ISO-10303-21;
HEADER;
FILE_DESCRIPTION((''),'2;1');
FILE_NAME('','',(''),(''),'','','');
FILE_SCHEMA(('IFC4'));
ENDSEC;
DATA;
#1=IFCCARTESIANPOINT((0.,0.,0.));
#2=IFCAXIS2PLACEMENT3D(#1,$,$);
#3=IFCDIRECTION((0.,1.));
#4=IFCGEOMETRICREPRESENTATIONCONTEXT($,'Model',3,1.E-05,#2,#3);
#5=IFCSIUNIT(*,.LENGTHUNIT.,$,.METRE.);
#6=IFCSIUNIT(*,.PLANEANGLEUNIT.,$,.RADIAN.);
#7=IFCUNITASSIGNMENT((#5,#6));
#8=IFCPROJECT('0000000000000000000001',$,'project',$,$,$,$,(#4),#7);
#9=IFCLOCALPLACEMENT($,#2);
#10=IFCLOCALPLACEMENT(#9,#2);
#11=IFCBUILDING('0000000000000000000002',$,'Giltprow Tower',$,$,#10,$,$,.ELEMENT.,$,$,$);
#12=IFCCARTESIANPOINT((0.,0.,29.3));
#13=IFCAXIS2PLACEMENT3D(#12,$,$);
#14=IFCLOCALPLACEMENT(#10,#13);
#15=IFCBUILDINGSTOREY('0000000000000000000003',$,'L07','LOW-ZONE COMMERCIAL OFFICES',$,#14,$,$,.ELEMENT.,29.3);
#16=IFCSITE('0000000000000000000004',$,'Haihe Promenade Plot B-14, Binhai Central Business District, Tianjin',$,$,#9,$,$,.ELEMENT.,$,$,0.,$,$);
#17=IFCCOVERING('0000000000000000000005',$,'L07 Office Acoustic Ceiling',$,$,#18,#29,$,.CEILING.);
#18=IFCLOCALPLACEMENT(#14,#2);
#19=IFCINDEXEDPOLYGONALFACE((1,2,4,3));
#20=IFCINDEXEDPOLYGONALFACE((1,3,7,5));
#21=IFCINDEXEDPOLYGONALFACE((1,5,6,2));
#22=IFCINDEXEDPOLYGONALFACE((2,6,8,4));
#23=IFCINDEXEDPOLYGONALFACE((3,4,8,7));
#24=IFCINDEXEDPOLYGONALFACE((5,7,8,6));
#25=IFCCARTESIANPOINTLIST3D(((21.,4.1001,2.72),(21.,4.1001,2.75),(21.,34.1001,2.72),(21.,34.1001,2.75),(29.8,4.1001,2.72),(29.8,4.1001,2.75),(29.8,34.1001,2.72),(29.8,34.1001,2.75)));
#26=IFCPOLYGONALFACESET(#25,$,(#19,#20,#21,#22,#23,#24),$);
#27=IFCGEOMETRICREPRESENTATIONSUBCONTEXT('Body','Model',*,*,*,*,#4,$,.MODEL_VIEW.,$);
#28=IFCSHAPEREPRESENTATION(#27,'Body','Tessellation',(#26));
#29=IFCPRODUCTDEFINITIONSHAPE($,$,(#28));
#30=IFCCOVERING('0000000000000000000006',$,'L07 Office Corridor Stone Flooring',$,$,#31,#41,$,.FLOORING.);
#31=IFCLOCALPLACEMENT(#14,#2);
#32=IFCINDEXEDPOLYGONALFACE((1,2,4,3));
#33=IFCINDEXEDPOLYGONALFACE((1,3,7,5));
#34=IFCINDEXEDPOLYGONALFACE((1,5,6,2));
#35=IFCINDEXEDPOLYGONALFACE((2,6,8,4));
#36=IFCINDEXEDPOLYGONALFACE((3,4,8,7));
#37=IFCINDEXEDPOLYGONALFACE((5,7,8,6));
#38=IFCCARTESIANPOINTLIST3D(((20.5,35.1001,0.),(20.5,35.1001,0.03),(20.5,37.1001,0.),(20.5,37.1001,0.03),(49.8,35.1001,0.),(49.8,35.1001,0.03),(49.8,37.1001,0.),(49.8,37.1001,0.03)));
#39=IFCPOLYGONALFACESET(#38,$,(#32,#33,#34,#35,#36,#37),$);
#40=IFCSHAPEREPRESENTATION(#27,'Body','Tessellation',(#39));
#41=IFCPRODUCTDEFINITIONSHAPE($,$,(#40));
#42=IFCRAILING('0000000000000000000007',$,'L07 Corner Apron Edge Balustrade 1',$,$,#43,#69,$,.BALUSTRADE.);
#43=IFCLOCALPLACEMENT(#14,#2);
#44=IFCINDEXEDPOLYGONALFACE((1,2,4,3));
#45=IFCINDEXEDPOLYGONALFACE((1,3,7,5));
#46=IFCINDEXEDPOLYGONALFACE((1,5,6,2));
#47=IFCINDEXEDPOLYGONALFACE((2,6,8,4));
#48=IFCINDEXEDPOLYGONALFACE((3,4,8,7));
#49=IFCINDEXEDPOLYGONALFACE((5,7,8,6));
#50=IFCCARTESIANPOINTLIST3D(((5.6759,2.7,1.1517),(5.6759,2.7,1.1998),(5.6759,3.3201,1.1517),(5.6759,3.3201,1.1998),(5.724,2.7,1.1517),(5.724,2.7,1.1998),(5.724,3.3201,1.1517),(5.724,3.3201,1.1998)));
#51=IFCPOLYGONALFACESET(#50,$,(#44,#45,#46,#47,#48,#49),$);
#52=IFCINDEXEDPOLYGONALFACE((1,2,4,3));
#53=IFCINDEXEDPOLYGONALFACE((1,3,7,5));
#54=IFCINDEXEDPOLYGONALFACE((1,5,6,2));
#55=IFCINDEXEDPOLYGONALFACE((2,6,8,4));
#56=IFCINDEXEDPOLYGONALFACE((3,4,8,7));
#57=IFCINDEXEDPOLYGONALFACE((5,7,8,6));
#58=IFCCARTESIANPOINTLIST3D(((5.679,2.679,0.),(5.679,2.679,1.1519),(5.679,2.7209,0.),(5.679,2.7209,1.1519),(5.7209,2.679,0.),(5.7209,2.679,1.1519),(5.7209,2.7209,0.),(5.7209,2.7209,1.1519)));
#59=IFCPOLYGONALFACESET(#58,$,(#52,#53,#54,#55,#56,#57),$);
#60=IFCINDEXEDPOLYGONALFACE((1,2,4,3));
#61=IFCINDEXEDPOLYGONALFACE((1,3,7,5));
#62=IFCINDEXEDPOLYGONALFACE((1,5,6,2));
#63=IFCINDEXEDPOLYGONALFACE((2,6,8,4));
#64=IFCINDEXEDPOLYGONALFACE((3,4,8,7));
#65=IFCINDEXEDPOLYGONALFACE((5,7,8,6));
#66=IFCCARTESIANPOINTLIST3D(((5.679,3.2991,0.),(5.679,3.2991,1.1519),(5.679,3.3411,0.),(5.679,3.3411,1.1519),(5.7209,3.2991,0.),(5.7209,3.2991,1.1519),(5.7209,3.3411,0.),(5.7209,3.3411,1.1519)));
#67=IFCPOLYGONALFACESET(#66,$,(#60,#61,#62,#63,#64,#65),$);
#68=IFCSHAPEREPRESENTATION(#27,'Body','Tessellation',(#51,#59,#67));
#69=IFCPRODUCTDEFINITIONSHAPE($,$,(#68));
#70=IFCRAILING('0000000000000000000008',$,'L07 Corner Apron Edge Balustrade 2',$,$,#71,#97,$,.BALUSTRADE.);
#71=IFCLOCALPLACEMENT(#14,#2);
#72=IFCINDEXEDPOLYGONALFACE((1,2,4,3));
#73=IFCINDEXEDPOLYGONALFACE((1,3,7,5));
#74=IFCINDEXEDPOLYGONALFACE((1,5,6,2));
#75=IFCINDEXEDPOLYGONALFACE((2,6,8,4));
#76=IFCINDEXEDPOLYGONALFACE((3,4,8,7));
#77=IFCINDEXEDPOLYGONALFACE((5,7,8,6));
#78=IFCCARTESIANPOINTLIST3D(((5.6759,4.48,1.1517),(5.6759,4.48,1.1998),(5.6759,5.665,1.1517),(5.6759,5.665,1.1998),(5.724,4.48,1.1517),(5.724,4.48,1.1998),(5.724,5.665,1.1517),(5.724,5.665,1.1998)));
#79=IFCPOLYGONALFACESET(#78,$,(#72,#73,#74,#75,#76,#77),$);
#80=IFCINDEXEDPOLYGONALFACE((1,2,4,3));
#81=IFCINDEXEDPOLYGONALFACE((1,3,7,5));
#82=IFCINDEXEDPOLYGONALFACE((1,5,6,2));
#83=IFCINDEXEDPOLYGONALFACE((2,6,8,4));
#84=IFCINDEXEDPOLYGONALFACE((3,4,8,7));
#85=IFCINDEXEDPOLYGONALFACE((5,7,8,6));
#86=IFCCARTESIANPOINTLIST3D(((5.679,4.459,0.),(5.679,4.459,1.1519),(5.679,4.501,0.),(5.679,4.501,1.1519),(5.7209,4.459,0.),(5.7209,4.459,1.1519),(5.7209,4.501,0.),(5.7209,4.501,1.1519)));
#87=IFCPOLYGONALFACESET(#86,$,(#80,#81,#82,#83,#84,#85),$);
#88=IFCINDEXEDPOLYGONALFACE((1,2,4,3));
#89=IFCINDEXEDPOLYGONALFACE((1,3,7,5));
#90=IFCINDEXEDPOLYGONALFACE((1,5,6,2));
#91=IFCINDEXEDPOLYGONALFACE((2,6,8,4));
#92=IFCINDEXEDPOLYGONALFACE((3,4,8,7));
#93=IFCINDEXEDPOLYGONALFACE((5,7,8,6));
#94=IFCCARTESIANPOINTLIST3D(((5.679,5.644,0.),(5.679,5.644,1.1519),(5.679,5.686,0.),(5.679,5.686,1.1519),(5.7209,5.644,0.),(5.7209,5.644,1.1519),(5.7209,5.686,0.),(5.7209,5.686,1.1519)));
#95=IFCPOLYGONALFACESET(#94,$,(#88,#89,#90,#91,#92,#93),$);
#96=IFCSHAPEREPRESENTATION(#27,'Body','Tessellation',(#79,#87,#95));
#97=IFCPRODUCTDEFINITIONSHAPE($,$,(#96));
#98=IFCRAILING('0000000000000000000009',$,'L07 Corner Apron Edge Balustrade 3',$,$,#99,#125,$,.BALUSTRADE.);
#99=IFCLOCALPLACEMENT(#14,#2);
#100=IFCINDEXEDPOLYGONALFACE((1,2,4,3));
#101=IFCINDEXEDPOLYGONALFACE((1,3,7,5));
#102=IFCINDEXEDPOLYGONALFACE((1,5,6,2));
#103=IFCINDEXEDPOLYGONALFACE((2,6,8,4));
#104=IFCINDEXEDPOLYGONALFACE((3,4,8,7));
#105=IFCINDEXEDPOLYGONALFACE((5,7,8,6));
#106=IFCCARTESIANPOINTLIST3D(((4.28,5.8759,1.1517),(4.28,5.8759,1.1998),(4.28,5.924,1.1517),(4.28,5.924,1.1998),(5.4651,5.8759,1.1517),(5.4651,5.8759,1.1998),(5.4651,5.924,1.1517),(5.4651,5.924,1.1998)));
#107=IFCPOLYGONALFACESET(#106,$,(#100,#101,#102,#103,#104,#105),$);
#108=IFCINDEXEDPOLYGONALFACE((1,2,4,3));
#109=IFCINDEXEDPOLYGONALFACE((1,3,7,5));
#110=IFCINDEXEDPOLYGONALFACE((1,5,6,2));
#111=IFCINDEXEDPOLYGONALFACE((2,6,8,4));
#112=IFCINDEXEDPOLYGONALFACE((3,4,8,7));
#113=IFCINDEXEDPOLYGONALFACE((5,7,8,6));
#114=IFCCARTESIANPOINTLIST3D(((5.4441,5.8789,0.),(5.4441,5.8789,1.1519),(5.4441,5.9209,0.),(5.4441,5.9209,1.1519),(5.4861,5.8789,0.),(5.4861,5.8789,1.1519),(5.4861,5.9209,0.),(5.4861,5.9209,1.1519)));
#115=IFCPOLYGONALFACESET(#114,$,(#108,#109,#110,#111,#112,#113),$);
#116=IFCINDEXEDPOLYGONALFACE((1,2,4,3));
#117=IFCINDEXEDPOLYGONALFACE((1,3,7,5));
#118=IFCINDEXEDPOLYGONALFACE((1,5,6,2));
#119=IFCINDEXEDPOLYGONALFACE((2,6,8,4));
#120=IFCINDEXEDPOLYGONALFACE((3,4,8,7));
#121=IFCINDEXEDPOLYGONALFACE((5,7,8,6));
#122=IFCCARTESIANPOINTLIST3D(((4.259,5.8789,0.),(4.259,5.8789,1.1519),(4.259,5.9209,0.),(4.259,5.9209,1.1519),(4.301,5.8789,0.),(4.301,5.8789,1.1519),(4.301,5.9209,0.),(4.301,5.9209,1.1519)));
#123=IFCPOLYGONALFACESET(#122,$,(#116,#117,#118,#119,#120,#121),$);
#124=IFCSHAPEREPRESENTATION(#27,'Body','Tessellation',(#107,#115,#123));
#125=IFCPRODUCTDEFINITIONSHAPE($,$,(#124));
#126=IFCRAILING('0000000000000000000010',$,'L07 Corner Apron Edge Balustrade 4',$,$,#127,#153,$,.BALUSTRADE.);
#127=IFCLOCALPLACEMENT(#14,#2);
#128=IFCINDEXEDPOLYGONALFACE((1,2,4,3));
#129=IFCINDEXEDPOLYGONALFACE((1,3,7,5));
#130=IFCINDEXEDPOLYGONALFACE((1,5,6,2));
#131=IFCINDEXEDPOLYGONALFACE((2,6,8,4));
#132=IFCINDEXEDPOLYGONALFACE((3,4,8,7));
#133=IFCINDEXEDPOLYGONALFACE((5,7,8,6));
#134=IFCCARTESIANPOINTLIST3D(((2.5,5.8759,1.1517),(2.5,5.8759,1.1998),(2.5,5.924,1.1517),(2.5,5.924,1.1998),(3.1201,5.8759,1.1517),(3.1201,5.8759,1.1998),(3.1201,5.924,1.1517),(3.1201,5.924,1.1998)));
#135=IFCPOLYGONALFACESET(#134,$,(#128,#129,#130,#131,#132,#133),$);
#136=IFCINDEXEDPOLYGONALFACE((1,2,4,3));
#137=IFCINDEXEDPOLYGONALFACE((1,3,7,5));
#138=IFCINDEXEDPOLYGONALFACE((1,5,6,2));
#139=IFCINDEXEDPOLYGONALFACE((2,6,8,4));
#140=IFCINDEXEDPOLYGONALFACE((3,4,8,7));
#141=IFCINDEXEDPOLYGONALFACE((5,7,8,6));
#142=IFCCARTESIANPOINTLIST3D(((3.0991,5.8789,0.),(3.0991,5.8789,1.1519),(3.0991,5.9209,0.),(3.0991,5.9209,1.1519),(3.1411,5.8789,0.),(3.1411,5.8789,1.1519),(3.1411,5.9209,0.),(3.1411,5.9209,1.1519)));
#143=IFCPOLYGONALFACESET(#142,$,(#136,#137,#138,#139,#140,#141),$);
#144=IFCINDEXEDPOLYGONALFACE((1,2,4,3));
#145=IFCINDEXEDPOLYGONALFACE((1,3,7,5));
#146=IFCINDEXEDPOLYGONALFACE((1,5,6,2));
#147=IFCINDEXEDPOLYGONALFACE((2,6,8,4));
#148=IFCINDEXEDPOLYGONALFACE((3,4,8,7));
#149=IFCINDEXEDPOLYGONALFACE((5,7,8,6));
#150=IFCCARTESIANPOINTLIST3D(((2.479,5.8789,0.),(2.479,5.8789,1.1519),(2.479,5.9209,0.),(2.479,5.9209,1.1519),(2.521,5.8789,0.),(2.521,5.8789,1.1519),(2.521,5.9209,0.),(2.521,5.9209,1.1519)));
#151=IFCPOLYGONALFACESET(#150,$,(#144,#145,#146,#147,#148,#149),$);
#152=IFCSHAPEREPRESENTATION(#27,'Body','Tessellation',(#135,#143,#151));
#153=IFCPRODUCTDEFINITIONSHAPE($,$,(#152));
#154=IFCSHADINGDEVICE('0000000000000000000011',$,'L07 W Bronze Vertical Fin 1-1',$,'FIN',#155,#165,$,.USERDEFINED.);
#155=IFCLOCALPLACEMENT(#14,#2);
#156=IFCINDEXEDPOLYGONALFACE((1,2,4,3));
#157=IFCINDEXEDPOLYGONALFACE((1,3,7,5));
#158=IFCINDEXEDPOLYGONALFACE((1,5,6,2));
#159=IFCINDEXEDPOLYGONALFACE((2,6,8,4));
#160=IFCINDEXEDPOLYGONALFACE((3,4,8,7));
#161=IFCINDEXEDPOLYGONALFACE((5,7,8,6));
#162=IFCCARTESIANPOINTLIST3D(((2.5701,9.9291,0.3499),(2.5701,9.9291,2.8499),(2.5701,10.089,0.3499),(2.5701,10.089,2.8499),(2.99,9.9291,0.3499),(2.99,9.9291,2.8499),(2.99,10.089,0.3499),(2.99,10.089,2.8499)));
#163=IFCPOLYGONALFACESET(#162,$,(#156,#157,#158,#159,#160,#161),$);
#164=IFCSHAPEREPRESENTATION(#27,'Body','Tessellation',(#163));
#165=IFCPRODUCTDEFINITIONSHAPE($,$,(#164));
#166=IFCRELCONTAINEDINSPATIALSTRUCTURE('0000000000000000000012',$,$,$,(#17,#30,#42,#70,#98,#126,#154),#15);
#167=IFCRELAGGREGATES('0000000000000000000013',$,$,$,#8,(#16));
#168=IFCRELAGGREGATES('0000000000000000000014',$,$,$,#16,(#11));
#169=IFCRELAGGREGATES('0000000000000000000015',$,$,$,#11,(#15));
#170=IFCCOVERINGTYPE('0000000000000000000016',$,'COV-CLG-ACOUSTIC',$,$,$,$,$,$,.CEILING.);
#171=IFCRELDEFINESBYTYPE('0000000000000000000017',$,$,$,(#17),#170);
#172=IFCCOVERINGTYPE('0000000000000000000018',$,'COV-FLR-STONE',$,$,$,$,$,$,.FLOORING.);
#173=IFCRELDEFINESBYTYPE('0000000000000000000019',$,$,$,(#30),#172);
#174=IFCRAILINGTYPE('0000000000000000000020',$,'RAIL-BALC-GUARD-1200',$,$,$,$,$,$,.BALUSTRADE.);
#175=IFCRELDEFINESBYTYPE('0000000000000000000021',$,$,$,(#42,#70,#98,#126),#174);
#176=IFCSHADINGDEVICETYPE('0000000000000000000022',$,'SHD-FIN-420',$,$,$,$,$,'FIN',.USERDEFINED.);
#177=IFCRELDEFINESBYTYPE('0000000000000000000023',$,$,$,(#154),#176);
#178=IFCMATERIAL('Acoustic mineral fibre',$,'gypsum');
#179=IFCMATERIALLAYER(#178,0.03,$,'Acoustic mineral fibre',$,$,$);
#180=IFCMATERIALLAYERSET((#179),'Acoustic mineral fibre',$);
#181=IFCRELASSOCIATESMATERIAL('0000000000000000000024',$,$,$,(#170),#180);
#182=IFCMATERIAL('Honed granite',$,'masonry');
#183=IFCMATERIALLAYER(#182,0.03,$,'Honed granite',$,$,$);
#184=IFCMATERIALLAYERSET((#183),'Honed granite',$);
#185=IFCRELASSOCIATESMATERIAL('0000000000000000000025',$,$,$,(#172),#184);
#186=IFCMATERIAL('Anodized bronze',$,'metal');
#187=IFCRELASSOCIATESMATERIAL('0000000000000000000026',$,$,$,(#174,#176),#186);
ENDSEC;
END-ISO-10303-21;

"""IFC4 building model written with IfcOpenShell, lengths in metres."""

from ifc_helpers import new_model, si_unit, direction, frame, origin, origin_2d, place, context, subcontext, project, spatial, polyline, rectangle, outline, extrude, source, transform, mapped, material, layer, layer_set, type_object, element, save


model = new_model("IFC4")

# Units and contexts
model_context = context("Model", 3, precision=1e-05, world=origin(), true_north=direction((0.0, 1.0)))
body_context = subcontext(model_context, "Body", "Model", "MODEL_VIEW")
ifc_project = project(units=[si_unit("LENGTHUNIT", "METRE"), si_unit("PLANEANGLEUNIT", "RADIAN")], contexts=[model_context])

# Site, building, storey
site_placement = place(None, origin())
site = spatial("IfcSite", under=ifc_project, at=site_placement, Name="Haihe Promenade Plot B-14, Binhai Central Business District, Tianjin", CompositionType="ELEMENT", RefElevation=0.0)
building_placement = place(site_placement, origin())
building = spatial("IfcBuilding", under=site, at=building_placement, Name="Giltprow Tower", CompositionType="ELEMENT")
storey_placement = place(building_placement, frame((0.0, 0.0, 29.3)))
storey = spatial("IfcBuildingStorey", under=building, at=storey_placement, Name="L07", Description="LOW-ZONE COMMERCIAL OFFICES", CompositionType="ELEMENT", Elevation=29.3)

# Shared definitions
ifc_material_1 = material(Name="Anodized bronze", Category="metal")

# Coverings
ifc_material_2 = material(Name="Acoustic mineral fibre", Category="gypsum")
ifc_layer_1 = layer(ifc_material_2, 0.03, Name="Acoustic mineral fibre")
ifc_layer_set_1 = layer_set([ifc_layer_1], Name="Acoustic mineral fibre")
covering_type_1 = type_object("IfcCoveringType", Name="COV-CLG-ACOUSTIC", PredefinedType="CEILING", material=ifc_layer_set_1)
covering_1_placement = place(storey_placement, frame((0.0, 0.0, 2.72)))
element("IfcCovering", 1, at=covering_1_placement, inside=storey, type_object=covering_type_1, Name="L07 Office Acoustic Ceiling", PredefinedType="CEILING", context=body_context, shape_type="SweptSolid", body=[
    extrude(outline(polyline([(21.0, 4.1001), (29.8, 4.1001), (29.8, 34.1001), (21.0, 34.1001), (21.0, 4.1001)])), origin(), (0.0, 0.0, 1.0), 0.03),
])
ifc_material_3 = material(Name="Honed granite", Category="masonry")
ifc_layer_2 = layer(ifc_material_3, 0.03, Name="Honed granite")
ifc_layer_set_2 = layer_set([ifc_layer_2], Name="Honed granite")
covering_type_2 = type_object("IfcCoveringType", Name="COV-FLR-STONE", PredefinedType="FLOORING", material=ifc_layer_set_2)
covering_2_placement = place(storey_placement, origin())
element("IfcCovering", 2, at=covering_2_placement, inside=storey, type_object=covering_type_2, Name="L07 Office Corridor Stone Flooring", PredefinedType="FLOORING", context=body_context, shape_type="SweptSolid", body=[
    extrude(outline(polyline([(20.5, 35.1001), (49.8, 35.1001), (49.8, 37.1001), (20.5, 37.1001), (20.5, 35.1001)])), origin(), (0.0, 0.0, 1.0), 0.03),
])

# Railings
railing_type = type_object("IfcRailingType", Name="RAIL-BALC-GUARD-1200", PredefinedType="BALUSTRADE", material=ifc_material_1)
railing_1_placement = place(storey_placement, frame((5.7, 2.7, 0.0)))
element("IfcRailing", 3, at=railing_1_placement, inside=storey, type_object=railing_type, Name="L07 Corner Apron Edge Balustrade 1", PredefinedType="BALUSTRADE", context=body_context, shape_type="SweptSolid", body=[
    extrude(rectangle(XDim=0.0481, YDim=0.0481, at=origin_2d()), frame((0.0, 0.0, 1.1758), z_axis=(0.0, 1.0, 0.0), x_axis=(-1.0, 0.0, 0.0)), (0.0, 0.0, 1.0), 0.6201),
    extrude(rectangle(XDim=0.042, YDim=0.042, at=origin_2d()), origin(), (0.0, 0.0, 1.0), 1.1519),
    extrude(rectangle(XDim=0.042, YDim=0.042, at=origin_2d()), frame((0.0, 0.6201, 0.0)), (0.0, 0.0, 1.0), 1.1519),
])
railing_2_placement = place(storey_placement, frame((5.7, 4.48, 0.0)))
element("IfcRailing", 4, at=railing_2_placement, inside=storey, type_object=railing_type, Name="L07 Corner Apron Edge Balustrade 2", PredefinedType="BALUSTRADE", context=body_context, shape_type="SweptSolid", body=[
    extrude(rectangle(XDim=0.0481, YDim=0.0481, at=origin_2d()), frame((0.0, 0.0, 1.1758), z_axis=(0.0, 1.0, 0.0), x_axis=(-1.0, 0.0, 0.0)), (0.0, 0.0, 1.0), 1.1851),
    extrude(rectangle(XDim=0.042, YDim=0.042, at=origin_2d()), origin(), (0.0, 0.0, 1.0), 1.1519),
    extrude(rectangle(XDim=0.042, YDim=0.042, at=origin_2d()), frame((0.0, 1.1851, 0.0)), (0.0, 0.0, 1.0), 1.1519),
])
railing_3_placement = place(storey_placement, frame((5.4651, 5.8999, 0.0)))
element("IfcRailing", 5, at=railing_3_placement, inside=storey, type_object=railing_type, Name="L07 Corner Apron Edge Balustrade 3", PredefinedType="BALUSTRADE", context=body_context, shape_type="SweptSolid", body=[
    extrude(rectangle(XDim=0.0481, YDim=0.0481, at=origin_2d()), frame((0.0, 0.0, 1.1758), z_axis=(-1.0, 0.0, 0.0), x_axis=(0.0, -1.0, 0.0)), (0.0, 0.0, 1.0), 1.1851),
    extrude(rectangle(XDim=0.042, YDim=0.042, at=origin_2d()), origin(), (0.0, 0.0, 1.0), 1.1519),
    extrude(rectangle(XDim=0.042, YDim=0.042, at=origin_2d()), frame((-1.1851, 0.0, 0.0)), (0.0, 0.0, 1.0), 1.1519),
])
railing_4_placement = place(storey_placement, frame((3.1201, 5.8999, 0.0)))
element("IfcRailing", 6, at=railing_4_placement, inside=storey, type_object=railing_type, Name="L07 Corner Apron Edge Balustrade 4", PredefinedType="BALUSTRADE", context=body_context, shape_type="SweptSolid", body=[
    extrude(rectangle(XDim=0.0481, YDim=0.0481, at=origin_2d()), frame((0.0, 0.0, 1.1758), z_axis=(-1.0, 0.0, 0.0), x_axis=(0.0, -1.0, 0.0)), (0.0, 0.0, 1.0), 0.6201),
    extrude(rectangle(XDim=0.042, YDim=0.042, at=origin_2d()), origin(), (0.0, 0.0, 1.0), 1.1519),
    extrude(rectangle(XDim=0.042, YDim=0.042, at=origin_2d()), frame((-0.6201, 0.0, 0.0)), (0.0, 0.0, 1.0), 1.1519),
])

# Shading device
shading_device_type = type_object("IfcShadingDeviceType", Name="SHD-FIN-420", ElementType="FIN", PredefinedType="USERDEFINED", material=ifc_material_1)
shared_shape_1 = source(origin(), body_context, "Body", "SweptSolid", [
    extrude(rectangle(XDim=0.4199, YDim=0.1599, at=origin_2d()), origin(), (0.0, 0.0, 1.0), 2.5),
])
shading_device_placement = place(storey_placement, frame((2.78, 10.009, 0.3499), z_axis=(0.0, 0.0, 1.0), x_axis=(1.0, 0.0, 0.0)))
element("IfcShadingDevice", 7, at=shading_device_placement, inside=storey, type_object=shading_device_type, Name="L07 W Bronze Vertical Fin 1-1", ObjectType="FIN", PredefinedType="USERDEFINED", context=body_context, shape_type="MappedRepresentation", body=[
    mapped(shared_shape_1, transform((0.0, 0.0, 0.0), x_axis=(1.0, 0.0, 0.0), y_axis=(0.0, 1.0, 0.0), z_axis=(0.0, 0.0, 1.0), scale=1.0)),
])

save(model, "model.ifc")
